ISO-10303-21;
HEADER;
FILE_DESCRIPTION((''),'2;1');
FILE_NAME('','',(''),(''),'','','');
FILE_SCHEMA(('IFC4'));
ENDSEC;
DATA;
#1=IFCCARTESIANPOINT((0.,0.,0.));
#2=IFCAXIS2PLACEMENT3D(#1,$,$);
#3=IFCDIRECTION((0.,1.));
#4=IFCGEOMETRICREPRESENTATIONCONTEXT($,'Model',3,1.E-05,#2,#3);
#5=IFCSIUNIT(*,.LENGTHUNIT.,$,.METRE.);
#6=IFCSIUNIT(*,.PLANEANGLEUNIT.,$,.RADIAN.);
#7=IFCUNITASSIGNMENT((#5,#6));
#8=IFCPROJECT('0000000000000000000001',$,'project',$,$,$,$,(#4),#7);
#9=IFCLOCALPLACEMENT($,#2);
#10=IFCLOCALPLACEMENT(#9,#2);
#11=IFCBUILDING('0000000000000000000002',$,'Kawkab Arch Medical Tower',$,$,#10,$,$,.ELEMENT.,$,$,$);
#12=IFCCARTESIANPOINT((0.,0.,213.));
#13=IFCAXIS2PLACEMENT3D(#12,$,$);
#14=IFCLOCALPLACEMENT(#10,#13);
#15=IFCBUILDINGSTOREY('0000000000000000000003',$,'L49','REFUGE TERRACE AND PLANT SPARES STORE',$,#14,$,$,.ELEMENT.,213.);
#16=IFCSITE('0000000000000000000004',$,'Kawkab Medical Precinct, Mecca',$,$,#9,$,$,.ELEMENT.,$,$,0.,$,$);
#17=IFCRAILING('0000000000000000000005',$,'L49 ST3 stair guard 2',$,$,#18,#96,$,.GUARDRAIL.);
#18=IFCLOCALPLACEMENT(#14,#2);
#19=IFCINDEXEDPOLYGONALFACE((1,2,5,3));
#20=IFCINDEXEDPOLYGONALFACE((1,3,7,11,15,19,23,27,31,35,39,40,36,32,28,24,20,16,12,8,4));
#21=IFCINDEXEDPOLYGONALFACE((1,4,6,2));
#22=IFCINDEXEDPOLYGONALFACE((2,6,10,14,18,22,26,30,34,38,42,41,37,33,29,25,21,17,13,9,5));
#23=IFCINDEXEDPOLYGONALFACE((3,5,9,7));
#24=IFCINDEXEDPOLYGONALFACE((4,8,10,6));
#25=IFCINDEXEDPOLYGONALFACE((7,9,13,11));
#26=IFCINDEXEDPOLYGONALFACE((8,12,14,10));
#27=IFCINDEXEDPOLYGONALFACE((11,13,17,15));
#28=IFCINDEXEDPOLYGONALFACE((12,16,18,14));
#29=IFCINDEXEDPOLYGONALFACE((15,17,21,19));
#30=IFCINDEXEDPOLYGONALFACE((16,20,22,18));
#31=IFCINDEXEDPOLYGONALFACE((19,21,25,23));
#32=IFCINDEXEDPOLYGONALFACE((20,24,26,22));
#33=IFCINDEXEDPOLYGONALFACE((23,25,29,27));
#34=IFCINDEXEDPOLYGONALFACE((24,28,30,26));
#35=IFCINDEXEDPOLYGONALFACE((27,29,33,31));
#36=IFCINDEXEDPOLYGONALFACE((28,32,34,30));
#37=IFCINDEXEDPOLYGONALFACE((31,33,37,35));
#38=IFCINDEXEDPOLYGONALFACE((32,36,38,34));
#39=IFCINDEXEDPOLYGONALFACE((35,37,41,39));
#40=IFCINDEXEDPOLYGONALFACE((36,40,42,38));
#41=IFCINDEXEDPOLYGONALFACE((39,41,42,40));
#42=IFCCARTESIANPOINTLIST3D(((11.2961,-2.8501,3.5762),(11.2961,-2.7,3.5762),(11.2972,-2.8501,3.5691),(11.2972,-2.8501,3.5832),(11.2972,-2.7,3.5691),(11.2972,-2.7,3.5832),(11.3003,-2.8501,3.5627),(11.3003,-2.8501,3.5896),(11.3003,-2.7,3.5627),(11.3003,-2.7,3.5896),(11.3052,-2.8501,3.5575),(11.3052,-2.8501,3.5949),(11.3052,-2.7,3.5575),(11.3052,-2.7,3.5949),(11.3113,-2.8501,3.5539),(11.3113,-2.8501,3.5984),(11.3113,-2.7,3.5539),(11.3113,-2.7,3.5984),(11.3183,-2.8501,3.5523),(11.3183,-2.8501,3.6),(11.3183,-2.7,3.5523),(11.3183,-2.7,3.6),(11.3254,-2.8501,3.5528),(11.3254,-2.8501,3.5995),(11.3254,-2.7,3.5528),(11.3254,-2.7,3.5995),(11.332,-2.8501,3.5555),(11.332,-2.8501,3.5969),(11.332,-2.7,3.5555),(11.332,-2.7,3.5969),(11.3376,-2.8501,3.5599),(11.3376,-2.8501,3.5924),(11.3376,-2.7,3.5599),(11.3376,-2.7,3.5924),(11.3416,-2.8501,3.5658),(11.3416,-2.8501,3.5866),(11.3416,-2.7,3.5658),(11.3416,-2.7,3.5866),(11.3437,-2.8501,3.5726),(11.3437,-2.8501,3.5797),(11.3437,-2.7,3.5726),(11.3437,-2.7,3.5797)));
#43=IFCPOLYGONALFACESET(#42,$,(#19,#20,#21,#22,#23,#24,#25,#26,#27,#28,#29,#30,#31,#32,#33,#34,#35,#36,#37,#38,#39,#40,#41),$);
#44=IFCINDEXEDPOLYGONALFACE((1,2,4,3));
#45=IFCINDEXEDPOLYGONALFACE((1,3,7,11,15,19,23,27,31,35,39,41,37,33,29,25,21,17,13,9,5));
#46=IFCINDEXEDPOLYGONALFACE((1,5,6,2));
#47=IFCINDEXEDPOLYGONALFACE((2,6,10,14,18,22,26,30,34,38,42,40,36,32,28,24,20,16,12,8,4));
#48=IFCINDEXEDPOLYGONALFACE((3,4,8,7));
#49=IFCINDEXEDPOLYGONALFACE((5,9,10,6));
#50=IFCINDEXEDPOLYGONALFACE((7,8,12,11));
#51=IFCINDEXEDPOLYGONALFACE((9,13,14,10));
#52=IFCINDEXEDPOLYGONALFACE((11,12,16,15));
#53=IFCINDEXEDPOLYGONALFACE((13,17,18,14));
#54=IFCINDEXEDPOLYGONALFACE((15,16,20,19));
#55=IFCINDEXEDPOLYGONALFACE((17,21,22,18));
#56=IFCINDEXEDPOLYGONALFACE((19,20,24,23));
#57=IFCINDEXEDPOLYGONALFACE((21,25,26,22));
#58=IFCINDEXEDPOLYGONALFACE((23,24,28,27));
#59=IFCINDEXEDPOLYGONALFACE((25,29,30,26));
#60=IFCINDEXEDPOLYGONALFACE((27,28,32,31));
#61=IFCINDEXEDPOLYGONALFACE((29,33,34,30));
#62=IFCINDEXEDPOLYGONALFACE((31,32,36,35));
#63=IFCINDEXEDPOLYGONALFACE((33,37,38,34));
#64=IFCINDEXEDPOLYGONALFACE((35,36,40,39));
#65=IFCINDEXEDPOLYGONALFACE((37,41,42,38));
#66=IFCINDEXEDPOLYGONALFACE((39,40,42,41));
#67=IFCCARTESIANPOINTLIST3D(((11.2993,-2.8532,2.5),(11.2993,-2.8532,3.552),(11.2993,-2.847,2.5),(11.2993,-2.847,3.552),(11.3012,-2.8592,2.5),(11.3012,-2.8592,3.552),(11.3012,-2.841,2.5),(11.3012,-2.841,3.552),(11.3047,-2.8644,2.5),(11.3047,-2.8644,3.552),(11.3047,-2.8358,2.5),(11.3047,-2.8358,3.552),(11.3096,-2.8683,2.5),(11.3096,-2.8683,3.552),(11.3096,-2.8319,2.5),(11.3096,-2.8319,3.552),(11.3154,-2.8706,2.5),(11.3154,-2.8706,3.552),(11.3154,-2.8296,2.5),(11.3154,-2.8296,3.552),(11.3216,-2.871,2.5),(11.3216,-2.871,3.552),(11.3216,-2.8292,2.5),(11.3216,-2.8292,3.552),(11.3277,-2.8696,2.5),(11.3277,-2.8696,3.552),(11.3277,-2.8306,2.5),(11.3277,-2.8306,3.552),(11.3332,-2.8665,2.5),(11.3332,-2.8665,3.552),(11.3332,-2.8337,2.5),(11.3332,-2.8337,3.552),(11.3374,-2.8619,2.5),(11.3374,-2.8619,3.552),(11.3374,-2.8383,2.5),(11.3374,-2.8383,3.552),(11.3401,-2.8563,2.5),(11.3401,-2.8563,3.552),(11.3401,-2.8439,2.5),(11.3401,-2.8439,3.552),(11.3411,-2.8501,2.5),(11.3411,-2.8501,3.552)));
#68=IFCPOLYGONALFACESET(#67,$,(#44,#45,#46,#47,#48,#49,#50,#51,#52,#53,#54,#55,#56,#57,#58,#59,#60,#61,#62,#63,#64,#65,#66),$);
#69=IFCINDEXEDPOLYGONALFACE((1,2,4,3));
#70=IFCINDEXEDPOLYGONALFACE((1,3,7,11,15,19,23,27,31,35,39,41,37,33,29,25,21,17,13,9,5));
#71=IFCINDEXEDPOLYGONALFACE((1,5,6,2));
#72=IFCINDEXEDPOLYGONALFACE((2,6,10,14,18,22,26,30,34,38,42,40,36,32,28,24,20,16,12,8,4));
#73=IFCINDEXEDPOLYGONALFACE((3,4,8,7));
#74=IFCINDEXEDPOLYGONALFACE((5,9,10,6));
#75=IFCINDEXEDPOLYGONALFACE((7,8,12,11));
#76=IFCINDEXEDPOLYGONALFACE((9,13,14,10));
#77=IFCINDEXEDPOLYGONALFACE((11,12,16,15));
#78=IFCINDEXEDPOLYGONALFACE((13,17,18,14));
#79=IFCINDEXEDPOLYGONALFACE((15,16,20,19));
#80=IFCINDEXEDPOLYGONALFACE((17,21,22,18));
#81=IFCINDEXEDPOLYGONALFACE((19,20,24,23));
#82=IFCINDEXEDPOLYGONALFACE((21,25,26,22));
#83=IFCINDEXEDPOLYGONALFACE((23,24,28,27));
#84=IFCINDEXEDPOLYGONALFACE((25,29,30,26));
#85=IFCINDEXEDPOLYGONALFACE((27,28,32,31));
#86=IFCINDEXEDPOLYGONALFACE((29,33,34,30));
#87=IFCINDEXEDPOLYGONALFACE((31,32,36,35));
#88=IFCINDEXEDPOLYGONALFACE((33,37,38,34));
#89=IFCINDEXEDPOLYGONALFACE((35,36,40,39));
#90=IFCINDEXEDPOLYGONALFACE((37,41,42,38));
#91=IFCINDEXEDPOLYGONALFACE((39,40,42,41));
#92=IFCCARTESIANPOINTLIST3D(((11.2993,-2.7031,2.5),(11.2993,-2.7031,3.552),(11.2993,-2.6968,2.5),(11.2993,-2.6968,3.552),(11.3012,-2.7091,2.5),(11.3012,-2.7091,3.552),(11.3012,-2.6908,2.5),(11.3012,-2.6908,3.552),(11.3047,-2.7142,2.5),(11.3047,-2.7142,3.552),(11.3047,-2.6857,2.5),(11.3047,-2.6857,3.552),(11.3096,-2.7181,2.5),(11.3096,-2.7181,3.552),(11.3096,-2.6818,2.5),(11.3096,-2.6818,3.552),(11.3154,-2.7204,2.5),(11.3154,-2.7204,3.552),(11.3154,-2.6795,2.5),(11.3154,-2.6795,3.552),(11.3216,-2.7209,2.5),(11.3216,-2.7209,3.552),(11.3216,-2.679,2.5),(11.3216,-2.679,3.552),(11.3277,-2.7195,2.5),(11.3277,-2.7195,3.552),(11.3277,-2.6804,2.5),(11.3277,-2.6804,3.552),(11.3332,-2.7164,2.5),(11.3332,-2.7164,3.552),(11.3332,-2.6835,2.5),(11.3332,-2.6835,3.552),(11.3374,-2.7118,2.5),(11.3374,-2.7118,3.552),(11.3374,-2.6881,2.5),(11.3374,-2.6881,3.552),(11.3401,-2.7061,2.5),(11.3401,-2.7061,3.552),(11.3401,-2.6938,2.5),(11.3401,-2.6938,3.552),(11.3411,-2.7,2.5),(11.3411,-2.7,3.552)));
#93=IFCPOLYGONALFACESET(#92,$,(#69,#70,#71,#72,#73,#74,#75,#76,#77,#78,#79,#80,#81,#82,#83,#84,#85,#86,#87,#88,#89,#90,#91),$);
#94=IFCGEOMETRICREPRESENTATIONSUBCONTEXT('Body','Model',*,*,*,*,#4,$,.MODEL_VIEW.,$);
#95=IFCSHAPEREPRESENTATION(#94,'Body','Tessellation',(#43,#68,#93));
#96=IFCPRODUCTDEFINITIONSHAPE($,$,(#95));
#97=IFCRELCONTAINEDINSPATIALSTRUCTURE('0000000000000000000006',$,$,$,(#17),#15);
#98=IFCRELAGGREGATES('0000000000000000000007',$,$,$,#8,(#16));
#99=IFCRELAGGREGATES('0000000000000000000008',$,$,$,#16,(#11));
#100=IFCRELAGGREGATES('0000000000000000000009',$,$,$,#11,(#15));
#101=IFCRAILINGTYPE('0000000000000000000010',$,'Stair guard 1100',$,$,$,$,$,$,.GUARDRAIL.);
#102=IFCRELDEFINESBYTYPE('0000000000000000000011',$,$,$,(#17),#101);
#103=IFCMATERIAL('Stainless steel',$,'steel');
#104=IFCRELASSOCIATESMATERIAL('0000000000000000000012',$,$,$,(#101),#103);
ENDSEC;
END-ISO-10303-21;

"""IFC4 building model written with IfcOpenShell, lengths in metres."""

from ifc_helpers import new_model, si_unit, direction, frame, origin, origin_2d, place, context, subcontext, project, spatial, circle, extrude, material, type_object, element, save


model = new_model("IFC4")

# Units and contexts
model_context = context("Model", 3, precision=1e-05, world=origin(), true_north=direction((0.0, 1.0)))
body_context = subcontext(model_context, "Body", "Model", "MODEL_VIEW")
ifc_project = project(units=[si_unit("LENGTHUNIT", "METRE"), si_unit("PLANEANGLEUNIT", "RADIAN")], contexts=[model_context])

# Site, building, storey
site_placement = place(None, origin())
site = spatial("IfcSite", under=ifc_project, at=site_placement, Name="Kawkab Medical Precinct, Mecca", CompositionType="ELEMENT", RefElevation=0.0)
building_placement = place(site_placement, origin())
building = spatial("IfcBuilding", under=site, at=building_placement, Name="Kawkab Arch Medical Tower", CompositionType="ELEMENT")
storey_placement = place(building_placement, frame((0.0, 0.0, 213.0)))
storey = spatial("IfcBuildingStorey", under=building, at=storey_placement, Name="L49", Description="REFUGE TERRACE AND PLANT SPARES STORE", CompositionType="ELEMENT", Elevation=213.0)

# Railing
ifc_material_1 = material(Name="Stainless steel", Category="steel")
railing_type = type_object("IfcRailingType", Name="Stair guard 1100", PredefinedType="GUARDRAIL", material=ifc_material_1)
railing_1_placement = place(storey_placement, frame((11.3201, -2.8501, 2.5)))
element("IfcRailing", 1, at=railing_1_placement, inside=storey, type_object=railing_type, Name="L49 ST3 stair guard 2", PredefinedType="GUARDRAIL", context=body_context, shape_type="SweptSolid", body=[
    extrude(circle(Radius=0.0239, at=origin_2d()), frame((0.0, 0.0, 1.0762), z_axis=(0.0, 1.0, 0.0), x_axis=(-1.0, 0.0, 0.0)), (0.0, 0.0, 1.0), 0.1501),
    extrude(circle(Radius=0.021, at=origin_2d()), origin(), (0.0, 0.0, 1.0), 1.052),
    extrude(circle(Radius=0.021, at=origin_2d()), frame((0.0, 0.1501, 0.0)), (0.0, 0.0, 1.0), 1.052),
])

save(model, "model.ifc")
